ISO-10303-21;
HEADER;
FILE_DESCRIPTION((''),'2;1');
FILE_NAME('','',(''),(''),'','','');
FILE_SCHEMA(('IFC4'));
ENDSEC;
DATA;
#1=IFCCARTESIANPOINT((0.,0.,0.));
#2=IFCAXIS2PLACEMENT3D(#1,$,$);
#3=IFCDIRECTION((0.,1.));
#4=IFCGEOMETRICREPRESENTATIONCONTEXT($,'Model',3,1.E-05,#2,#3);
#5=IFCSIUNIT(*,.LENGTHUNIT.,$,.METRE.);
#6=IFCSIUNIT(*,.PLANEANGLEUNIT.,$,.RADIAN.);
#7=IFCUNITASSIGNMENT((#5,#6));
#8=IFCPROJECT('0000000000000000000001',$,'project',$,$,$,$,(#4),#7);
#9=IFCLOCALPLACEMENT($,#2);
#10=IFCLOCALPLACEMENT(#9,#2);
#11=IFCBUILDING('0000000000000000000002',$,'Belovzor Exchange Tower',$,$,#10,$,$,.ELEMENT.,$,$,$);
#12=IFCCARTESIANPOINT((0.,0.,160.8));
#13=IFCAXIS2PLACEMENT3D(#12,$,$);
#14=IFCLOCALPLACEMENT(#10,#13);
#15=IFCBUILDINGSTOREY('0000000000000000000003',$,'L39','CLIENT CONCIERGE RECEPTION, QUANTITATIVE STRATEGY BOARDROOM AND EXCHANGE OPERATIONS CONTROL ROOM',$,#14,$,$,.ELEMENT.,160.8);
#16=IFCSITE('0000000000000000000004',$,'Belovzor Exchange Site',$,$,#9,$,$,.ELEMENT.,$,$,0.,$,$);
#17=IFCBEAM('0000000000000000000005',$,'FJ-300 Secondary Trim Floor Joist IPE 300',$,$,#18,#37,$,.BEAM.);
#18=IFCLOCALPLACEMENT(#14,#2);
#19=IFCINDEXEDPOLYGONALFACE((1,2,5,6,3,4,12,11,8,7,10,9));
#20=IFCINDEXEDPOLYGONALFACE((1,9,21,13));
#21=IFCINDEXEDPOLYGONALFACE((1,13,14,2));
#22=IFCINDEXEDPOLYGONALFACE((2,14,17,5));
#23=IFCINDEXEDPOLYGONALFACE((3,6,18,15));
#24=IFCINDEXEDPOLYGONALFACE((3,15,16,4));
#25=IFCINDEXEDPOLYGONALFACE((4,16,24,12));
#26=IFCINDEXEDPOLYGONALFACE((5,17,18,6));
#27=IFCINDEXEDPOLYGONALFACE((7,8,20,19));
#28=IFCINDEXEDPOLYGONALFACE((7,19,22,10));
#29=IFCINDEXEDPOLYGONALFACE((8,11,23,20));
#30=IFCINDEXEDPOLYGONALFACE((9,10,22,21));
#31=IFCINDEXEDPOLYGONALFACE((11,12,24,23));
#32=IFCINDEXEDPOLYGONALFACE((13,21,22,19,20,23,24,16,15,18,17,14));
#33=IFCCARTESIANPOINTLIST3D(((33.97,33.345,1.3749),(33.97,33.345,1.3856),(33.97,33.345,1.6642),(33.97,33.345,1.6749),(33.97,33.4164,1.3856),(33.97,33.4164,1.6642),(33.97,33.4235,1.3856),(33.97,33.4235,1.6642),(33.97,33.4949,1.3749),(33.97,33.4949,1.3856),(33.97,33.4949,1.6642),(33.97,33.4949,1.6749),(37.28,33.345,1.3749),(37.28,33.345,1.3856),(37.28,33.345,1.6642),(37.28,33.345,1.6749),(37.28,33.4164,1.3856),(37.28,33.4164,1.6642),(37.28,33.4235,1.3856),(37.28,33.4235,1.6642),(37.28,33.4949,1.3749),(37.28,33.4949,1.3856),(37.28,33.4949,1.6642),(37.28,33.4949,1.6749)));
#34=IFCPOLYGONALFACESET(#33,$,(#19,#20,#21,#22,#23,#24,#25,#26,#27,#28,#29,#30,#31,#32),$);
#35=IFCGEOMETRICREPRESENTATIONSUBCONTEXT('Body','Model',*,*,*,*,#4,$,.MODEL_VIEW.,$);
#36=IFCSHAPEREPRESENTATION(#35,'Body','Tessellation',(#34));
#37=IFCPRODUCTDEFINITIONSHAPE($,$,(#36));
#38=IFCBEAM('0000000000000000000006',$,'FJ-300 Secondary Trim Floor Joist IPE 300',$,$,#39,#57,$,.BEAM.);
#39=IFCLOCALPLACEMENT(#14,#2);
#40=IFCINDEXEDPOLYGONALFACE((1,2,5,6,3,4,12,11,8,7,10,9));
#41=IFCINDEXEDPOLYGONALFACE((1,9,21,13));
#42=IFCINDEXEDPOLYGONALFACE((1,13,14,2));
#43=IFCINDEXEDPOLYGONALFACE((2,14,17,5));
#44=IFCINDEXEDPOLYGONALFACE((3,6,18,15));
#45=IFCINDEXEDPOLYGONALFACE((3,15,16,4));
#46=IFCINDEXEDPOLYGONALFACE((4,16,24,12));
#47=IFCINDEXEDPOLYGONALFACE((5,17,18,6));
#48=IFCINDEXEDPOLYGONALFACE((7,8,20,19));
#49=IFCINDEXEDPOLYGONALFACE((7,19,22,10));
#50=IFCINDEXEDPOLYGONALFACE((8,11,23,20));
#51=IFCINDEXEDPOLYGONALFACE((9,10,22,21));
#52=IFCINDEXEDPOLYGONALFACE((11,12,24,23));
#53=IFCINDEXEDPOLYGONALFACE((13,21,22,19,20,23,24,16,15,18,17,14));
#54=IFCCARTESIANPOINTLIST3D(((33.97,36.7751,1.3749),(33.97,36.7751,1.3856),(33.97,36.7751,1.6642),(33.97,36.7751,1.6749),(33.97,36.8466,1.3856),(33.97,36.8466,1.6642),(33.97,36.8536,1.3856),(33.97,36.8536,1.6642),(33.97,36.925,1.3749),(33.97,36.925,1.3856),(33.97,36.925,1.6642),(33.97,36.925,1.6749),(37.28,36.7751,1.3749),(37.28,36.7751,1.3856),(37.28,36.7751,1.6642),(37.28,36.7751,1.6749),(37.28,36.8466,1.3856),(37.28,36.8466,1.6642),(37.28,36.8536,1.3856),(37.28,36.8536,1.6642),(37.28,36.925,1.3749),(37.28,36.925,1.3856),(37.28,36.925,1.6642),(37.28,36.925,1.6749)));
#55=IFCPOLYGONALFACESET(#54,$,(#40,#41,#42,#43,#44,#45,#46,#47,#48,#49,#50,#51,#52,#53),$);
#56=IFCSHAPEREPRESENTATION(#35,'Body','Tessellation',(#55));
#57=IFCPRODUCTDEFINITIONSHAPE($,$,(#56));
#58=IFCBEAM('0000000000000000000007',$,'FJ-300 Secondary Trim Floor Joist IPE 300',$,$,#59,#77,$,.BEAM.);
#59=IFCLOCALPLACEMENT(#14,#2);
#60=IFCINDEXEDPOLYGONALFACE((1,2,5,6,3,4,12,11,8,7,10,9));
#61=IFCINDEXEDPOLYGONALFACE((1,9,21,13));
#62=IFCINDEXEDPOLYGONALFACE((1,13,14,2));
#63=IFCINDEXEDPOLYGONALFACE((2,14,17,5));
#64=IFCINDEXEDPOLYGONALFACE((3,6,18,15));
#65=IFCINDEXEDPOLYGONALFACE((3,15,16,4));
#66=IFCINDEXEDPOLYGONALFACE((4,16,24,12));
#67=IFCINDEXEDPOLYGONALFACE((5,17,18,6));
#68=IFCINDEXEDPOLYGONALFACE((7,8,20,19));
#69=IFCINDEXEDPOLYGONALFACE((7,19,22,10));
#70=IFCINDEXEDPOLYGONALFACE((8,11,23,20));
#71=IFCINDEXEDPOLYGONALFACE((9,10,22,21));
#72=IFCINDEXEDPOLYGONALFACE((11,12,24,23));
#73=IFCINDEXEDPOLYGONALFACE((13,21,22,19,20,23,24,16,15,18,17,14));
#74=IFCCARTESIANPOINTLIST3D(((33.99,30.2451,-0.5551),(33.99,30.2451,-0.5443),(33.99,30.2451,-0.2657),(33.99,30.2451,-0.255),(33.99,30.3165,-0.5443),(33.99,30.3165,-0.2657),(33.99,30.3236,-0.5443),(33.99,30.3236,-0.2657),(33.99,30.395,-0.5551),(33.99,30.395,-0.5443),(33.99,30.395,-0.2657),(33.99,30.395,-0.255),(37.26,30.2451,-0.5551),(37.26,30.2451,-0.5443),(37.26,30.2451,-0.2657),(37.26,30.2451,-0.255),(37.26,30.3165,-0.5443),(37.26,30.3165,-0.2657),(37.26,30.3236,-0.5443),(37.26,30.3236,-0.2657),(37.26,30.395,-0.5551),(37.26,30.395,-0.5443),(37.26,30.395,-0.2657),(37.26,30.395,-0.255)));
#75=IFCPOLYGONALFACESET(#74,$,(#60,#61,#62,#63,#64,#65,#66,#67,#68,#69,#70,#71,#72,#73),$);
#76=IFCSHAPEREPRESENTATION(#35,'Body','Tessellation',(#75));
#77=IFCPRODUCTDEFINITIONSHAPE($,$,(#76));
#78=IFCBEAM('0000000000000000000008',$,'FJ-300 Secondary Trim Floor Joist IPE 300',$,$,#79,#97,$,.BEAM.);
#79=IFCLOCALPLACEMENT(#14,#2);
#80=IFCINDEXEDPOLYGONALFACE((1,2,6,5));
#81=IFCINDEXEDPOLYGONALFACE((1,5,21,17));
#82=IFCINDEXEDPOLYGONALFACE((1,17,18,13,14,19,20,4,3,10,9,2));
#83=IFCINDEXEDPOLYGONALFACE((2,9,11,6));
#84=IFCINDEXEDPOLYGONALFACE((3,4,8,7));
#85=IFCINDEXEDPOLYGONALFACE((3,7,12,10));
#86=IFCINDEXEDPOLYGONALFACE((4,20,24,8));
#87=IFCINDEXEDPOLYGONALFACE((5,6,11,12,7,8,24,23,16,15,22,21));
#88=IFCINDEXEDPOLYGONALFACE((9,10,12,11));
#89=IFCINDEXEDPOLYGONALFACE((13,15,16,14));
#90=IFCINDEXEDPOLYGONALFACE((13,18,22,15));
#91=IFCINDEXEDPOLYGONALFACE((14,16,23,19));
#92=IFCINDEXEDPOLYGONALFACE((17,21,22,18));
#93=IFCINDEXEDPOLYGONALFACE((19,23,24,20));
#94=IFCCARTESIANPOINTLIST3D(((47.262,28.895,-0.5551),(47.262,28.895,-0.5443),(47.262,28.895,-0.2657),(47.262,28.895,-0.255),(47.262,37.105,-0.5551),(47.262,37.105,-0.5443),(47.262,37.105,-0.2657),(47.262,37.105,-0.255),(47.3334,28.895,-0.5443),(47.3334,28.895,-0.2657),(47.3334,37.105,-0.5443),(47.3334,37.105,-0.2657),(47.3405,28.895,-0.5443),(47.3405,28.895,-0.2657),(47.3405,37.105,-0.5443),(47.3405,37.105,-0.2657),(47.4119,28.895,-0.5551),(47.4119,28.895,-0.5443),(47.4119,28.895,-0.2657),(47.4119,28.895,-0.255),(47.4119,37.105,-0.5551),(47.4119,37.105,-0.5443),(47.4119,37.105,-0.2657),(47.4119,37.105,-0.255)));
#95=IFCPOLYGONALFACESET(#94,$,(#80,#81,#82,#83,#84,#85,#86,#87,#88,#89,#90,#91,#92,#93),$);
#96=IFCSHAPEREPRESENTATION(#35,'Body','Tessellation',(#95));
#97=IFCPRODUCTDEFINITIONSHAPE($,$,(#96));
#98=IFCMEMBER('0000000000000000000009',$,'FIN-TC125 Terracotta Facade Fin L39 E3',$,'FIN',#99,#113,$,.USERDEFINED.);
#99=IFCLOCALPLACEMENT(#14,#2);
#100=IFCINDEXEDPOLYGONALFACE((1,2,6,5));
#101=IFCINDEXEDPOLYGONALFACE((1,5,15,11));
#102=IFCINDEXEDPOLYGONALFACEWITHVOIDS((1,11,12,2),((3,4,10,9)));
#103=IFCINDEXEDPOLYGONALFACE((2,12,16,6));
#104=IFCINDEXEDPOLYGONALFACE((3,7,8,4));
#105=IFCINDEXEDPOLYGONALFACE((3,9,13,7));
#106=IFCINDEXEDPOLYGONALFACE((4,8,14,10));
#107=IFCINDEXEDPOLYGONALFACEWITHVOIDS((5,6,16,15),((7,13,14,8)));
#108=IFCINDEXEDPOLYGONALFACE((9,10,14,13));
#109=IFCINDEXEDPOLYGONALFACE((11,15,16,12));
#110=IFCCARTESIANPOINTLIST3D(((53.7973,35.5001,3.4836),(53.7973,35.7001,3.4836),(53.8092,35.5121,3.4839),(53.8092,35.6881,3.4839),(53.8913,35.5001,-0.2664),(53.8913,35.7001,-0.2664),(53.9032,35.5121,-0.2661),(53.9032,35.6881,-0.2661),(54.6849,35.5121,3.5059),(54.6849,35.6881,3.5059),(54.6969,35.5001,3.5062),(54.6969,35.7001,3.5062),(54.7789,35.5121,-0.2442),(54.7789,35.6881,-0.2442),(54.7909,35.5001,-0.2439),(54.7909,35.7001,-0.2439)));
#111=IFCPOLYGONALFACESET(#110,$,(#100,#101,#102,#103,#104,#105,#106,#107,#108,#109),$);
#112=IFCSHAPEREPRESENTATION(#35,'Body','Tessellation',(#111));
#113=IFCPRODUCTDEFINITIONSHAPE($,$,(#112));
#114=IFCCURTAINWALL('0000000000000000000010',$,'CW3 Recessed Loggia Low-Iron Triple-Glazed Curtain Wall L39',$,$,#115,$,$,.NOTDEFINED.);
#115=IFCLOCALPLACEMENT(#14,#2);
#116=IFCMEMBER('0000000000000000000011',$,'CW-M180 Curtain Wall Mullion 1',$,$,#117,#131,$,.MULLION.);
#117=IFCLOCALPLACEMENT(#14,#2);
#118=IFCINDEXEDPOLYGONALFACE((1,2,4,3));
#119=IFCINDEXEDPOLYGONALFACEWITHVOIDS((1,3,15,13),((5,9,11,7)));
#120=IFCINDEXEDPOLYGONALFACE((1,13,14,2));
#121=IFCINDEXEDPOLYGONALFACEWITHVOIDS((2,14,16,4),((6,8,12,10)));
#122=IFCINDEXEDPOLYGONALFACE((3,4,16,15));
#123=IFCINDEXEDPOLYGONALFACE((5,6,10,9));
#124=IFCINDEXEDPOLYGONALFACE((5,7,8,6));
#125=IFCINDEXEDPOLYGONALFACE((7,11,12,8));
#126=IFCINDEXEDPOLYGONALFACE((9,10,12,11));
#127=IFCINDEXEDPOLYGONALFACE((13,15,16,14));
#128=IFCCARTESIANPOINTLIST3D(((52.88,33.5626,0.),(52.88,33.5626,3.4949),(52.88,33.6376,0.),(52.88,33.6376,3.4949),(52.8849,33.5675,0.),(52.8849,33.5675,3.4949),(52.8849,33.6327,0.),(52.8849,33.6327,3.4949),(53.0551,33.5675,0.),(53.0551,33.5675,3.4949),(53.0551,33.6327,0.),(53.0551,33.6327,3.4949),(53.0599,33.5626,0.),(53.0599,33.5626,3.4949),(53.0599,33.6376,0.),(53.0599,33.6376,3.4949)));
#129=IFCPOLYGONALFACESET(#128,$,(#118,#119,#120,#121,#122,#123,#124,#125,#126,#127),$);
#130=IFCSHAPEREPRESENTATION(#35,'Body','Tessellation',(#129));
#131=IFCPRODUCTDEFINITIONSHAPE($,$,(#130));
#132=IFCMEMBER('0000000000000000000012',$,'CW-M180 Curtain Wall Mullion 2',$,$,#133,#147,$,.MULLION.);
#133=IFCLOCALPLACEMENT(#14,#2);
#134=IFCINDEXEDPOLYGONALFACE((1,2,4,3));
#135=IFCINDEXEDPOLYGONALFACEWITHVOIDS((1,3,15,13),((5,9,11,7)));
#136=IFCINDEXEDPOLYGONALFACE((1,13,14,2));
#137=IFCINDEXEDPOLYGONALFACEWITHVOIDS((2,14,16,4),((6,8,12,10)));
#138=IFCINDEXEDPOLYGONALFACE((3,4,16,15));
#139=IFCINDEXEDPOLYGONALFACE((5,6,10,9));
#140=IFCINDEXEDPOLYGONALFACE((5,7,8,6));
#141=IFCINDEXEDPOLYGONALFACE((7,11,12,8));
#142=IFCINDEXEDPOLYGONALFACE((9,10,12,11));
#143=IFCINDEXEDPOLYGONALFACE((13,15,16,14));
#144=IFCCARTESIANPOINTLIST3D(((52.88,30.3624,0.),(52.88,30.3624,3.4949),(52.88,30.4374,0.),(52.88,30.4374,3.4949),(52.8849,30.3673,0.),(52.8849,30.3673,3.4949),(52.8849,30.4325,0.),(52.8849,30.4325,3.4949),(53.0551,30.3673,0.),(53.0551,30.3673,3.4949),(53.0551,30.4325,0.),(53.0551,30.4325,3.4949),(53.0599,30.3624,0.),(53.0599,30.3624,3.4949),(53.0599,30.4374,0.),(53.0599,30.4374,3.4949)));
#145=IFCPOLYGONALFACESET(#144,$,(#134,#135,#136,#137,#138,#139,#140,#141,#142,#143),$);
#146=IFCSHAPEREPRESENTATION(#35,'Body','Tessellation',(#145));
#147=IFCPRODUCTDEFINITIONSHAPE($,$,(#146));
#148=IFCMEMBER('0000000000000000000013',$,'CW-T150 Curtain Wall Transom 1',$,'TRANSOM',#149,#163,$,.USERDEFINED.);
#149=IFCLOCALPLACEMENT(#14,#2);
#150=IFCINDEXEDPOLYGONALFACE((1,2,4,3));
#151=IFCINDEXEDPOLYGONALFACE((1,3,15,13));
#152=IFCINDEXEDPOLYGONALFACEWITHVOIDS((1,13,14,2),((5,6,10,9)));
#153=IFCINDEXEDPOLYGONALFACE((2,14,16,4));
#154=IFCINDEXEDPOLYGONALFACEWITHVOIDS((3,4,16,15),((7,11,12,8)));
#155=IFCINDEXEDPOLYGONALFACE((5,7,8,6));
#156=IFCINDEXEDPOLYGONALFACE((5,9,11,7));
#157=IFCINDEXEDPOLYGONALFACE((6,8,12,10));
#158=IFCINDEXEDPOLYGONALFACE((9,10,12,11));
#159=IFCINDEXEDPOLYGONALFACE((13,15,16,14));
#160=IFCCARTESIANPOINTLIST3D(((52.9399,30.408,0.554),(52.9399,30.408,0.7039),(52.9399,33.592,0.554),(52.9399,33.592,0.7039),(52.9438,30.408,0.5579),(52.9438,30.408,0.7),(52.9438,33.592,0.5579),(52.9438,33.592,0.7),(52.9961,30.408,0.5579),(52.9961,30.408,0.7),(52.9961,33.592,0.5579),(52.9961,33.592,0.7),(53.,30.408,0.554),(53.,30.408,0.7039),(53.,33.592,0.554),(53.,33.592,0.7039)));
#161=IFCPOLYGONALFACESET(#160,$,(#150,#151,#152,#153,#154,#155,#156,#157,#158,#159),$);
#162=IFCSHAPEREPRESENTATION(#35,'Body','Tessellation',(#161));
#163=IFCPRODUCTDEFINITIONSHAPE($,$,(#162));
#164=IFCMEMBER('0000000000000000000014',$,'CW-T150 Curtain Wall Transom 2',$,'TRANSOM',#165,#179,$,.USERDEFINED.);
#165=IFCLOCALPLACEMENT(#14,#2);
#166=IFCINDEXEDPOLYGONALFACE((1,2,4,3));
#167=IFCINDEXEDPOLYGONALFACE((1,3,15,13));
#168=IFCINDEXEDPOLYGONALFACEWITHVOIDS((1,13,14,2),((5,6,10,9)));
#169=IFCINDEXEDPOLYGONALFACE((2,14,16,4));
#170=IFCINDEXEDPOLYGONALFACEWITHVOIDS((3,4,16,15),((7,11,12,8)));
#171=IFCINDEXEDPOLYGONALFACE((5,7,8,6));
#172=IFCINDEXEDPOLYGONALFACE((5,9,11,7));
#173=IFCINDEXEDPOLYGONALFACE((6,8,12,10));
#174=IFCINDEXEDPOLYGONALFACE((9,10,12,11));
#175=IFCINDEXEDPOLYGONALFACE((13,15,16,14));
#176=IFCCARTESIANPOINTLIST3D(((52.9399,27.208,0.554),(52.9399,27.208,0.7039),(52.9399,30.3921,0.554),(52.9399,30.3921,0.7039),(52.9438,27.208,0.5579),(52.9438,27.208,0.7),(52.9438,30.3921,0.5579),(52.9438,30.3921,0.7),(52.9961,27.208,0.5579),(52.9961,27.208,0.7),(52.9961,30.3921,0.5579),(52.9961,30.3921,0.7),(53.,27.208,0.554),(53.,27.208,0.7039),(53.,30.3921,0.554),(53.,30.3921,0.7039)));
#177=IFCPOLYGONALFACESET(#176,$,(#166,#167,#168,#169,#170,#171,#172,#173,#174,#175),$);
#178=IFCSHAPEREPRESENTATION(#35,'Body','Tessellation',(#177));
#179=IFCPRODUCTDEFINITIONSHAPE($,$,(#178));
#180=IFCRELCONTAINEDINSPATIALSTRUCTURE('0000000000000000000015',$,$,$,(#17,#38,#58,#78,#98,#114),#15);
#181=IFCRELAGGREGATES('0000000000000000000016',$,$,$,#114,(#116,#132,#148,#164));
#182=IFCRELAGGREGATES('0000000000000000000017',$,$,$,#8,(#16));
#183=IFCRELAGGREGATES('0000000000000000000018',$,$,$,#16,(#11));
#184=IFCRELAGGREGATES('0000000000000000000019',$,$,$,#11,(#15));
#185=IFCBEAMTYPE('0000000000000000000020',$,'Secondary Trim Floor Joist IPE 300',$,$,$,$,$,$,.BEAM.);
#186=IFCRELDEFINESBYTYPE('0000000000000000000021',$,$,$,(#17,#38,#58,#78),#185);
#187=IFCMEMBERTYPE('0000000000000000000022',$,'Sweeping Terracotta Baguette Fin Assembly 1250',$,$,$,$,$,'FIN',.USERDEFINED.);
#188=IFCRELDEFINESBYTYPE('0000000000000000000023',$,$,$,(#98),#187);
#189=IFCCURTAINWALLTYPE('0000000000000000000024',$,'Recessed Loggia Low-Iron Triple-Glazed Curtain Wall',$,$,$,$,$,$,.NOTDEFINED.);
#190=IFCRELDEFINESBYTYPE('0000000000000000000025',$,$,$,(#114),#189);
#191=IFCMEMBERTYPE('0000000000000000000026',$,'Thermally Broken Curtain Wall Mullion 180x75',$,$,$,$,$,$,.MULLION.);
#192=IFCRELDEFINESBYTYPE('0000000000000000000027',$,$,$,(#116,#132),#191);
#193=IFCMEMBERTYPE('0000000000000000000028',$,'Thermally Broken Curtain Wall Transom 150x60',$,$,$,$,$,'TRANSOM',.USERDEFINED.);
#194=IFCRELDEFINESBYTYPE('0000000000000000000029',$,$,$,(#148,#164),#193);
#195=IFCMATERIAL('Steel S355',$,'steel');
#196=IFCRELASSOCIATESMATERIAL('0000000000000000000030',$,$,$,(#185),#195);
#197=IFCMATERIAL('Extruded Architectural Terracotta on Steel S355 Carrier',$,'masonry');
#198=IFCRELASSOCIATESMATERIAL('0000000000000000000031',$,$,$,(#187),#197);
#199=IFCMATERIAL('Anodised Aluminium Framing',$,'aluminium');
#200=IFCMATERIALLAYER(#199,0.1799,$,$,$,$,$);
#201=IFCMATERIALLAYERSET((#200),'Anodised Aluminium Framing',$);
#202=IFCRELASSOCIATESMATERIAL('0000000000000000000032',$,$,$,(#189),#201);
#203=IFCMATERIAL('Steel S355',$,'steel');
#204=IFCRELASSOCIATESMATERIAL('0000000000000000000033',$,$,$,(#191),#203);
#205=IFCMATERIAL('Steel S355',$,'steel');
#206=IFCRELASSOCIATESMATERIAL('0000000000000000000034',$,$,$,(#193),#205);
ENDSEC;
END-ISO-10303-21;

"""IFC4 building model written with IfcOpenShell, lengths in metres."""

from ifc_helpers import new_model, si_unit, direction, frame, origin, origin_2d, place, context, subcontext, project, spatial, hollow_rectangle, i_section, extrude, material, layer, layer_set, material_profile, profile_set, type_object, element, aggregate, save


model = new_model("IFC4")

# Units and contexts
model_context = context("Model", 3, precision=1e-05, world=origin(), true_north=direction((0.0, 1.0)))
body_context = subcontext(model_context, "Body", "Model", "MODEL_VIEW")
ifc_project = project(units=[si_unit("LENGTHUNIT", "METRE"), si_unit("PLANEANGLEUNIT", "RADIAN")], contexts=[model_context])

# Site, building, storey
site_placement = place(None, origin())
site = spatial("IfcSite", under=ifc_project, at=site_placement, Name="Belovzor Exchange Site", CompositionType="ELEMENT", RefElevation=0.0)
building_placement = place(site_placement, origin())
building = spatial("IfcBuilding", under=site, at=building_placement, Name="Belovzor Exchange Tower", CompositionType="ELEMENT")
storey_placement = place(building_placement, frame((0.0, 0.0, 160.8)))
storey = spatial("IfcBuildingStorey", under=building, at=storey_placement, Name="L39", Description="CLIENT CONCIERGE RECEPTION, QUANTITATIVE STRATEGY BOARDROOM AND EXCHANGE OPERATIONS CONTROL ROOM", CompositionType="ELEMENT", Elevation=160.8)

# Beams
ifc_material_1 = material(Name="Steel S355", Category="steel")
ifc_material_profile_1 = material_profile(ifc_material_1, i_section(OverallWidth=0.1499, OverallDepth=0.3, WebThickness=0.0071, FlangeThickness=0.0107, at=origin_2d()))
ifc_profile_set_1 = profile_set([ifc_material_profile_1], Name="Steel S355")
beam_type_1 = type_object("IfcBeamType", Name="Secondary Trim Floor Joist IPE 300", PredefinedType="BEAM", material=ifc_profile_set_1)
for number, where, z_axis, x_axis, name in (
    (1, (37.28, 33.4199, 1.5249), (-1.0, 0.0, 0.0), (0.0, -1.0, 0.0), "FJ-300 Secondary Trim Floor Joist IPE 300"),
    (2, (37.28, 36.8501, 1.5249), (-1.0, 0.0, 0.0), (0.0, -1.0, 0.0), "FJ-300 Secondary Trim Floor Joist IPE 300"),
):
    element("IfcBeam", number, at=place(storey_placement, frame(where, z_axis=z_axis, x_axis=x_axis)), inside=storey, type_object=beam_type_1, Name=name, PredefinedType="BEAM", context=body_context, shape_type="SweptSolid", body=[
        extrude(i_section(OverallWidth=0.1499, OverallDepth=0.3, WebThickness=0.0071, FlangeThickness=0.0107, at=origin_2d()), origin(), (0.0, 0.0, 1.0), 3.3101),
    ])
beam_1_placement = place(storey_placement, frame((37.26, 30.3201, -0.405), z_axis=(-1.0, 0.0, 0.0), x_axis=(0.0, -1.0, 0.0)))
element("IfcBeam", 3, at=beam_1_placement, inside=storey, type_object=beam_type_1, Name="FJ-300 Secondary Trim Floor Joist IPE 300", PredefinedType="BEAM", context=body_context, shape_type="SweptSolid", body=[
    extrude(i_section(OverallWidth=0.1499, OverallDepth=0.3, WebThickness=0.0071, FlangeThickness=0.0107, at=origin_2d()), origin(), (0.0, 0.0, 1.0), 3.27),
])
beam_2_placement = place(storey_placement, frame((47.3369, 28.895, -0.405), z_axis=(0.0, 1.0, 0.0), x_axis=(-1.0, 0.0, 0.0)))
element("IfcBeam", 4, at=beam_2_placement, inside=storey, type_object=beam_type_1, Name="FJ-300 Secondary Trim Floor Joist IPE 300", PredefinedType="BEAM", context=body_context, shape_type="SweptSolid", body=[
    extrude(i_section(OverallWidth=0.1499, OverallDepth=0.3, WebThickness=0.0071, FlangeThickness=0.0107, at=origin_2d()), origin(), (0.0, 0.0, 1.0), 8.21),
])

# Member
ifc_material_2 = material(Name="Extruded Architectural Terracotta on Steel S355 Carrier", Category="masonry")
ifc_material_profile_2 = material_profile(ifc_material_2, hollow_rectangle(XDim=0.2, YDim=0.8999, WallThickness=0.012, at=origin_2d()))
ifc_profile_set_2 = profile_set([ifc_material_profile_2], Name="Extruded Architectural Terracotta on Steel S355 Carrier")
member_type_1 = type_object("IfcMemberType", Name="Sweeping Terracotta Baguette Fin Assembly 1250", ElementType="FIN", PredefinedType="USERDEFINED", material=ifc_profile_set_2)
member_1_placement = place(storey_placement, frame((54.3411, 35.6001, -0.2551), z_axis=(-0.025057, 0.0, 0.999686), x_axis=(0.0, -1.0, 0.0)))
element("IfcMember", 5, at=member_1_placement, inside=storey, type_object=member_type_1, Name="FIN-TC125 Terracotta Facade Fin L39 E3", ObjectType="FIN", PredefinedType="USERDEFINED", context=body_context, shape_type="SweptSolid", body=[
    extrude(hollow_rectangle(XDim=0.2, YDim=0.8999, WallThickness=0.012, at=origin_2d()), origin(), (0.0, 0.0, 1.0), 3.7512),
])

# Curtain wall, members
ifc_material_3 = material(Name="Anodised Aluminium Framing", Category="aluminium")
ifc_layer_1 = layer(ifc_material_3, 0.1799)
ifc_layer_set_1 = layer_set([ifc_layer_1], Name="Anodised Aluminium Framing")
curtain_wall_type = type_object("IfcCurtainWallType", Name="Recessed Loggia Low-Iron Triple-Glazed Curtain Wall", PredefinedType="NOTDEFINED", material=ifc_layer_set_1)
curtain_wall_placement = place(storey_placement, origin())
curtain_wall = element("IfcCurtainWall", 6, at=curtain_wall_placement, inside=storey, type_object=curtain_wall_type, Name="CW3 Recessed Loggia Low-Iron Triple-Glazed Curtain Wall L39", PredefinedType="NOTDEFINED")
ifc_material_4 = material(Name="Steel S355", Category="steel")
ifc_material_profile_3 = material_profile(ifc_material_4, hollow_rectangle(XDim=0.075, YDim=0.1799, WallThickness=0.0049, at=origin_2d()))
ifc_profile_set_3 = profile_set([ifc_material_profile_3], Name="Steel S355")
member_type_2 = type_object("IfcMemberType", Name="Thermally Broken Curtain Wall Mullion 180x75", PredefinedType="MULLION", material=ifc_profile_set_3)
member_2_placement = place(storey_placement, frame((52.97, 33.6001, 0.0), z_axis=(0.0, 0.0, 1.0), x_axis=(0.0, -1.0, 0.0)))
member_2 = element("IfcMember", 7, at=member_2_placement, type_object=member_type_2, Name="CW-M180 Curtain Wall Mullion 1", PredefinedType="MULLION", context=body_context, shape_type="SweptSolid", body=[
    extrude(hollow_rectangle(XDim=0.075, YDim=0.1799, WallThickness=0.0049, at=origin_2d()), origin(), (0.0, 0.0, 1.0), 3.4949),
])
member_3_placement = place(storey_placement, frame((52.97, 30.3999, 0.0), z_axis=(0.0, 0.0, 1.0), x_axis=(0.0, -1.0, 0.0)))
member_3 = element("IfcMember", 8, at=member_3_placement, type_object=member_type_2, Name="CW-M180 Curtain Wall Mullion 2", PredefinedType="MULLION", context=body_context, shape_type="SweptSolid", body=[
    extrude(hollow_rectangle(XDim=0.075, YDim=0.1799, WallThickness=0.0049, at=origin_2d()), origin(), (0.0, 0.0, 1.0), 3.4949),
])
ifc_material_5 = material(Name="Steel S355", Category="steel")
ifc_material_profile_4 = material_profile(ifc_material_5, hollow_rectangle(XDim=0.0601, YDim=0.1499, WallThickness=0.0039, at=origin_2d()))
ifc_profile_set_4 = profile_set([ifc_material_profile_4], Name="Steel S355")
member_type_3 = type_object("IfcMemberType", Name="Thermally Broken Curtain Wall Transom 150x60", ElementType="TRANSOM", PredefinedType="USERDEFINED", material=ifc_profile_set_4)
member_4_placement = place(storey_placement, frame((52.97, 33.592, 0.6289), z_axis=(0.0, -1.0, 0.0), x_axis=(1.0, 0.0, 0.0)))
member_4 = element("IfcMember", 9, at=member_4_placement, type_object=member_type_3, Name="CW-T150 Curtain Wall Transom 1", ObjectType="TRANSOM", PredefinedType="USERDEFINED", context=body_context, shape_type="SweptSolid", body=[
    extrude(hollow_rectangle(XDim=0.0601, YDim=0.1499, WallThickness=0.0039, at=origin_2d()), origin(), (0.0, 0.0, 1.0), 3.1841),
])
member_5_placement = place(storey_placement, frame((52.97, 30.3921, 0.6289), z_axis=(0.0, -1.0, 0.0), x_axis=(1.0, 0.0, 0.0)))
member_5 = element("IfcMember", 10, at=member_5_placement, type_object=member_type_3, Name="CW-T150 Curtain Wall Transom 2", ObjectType="TRANSOM", PredefinedType="USERDEFINED", context=body_context, shape_type="SweptSolid", body=[
    extrude(hollow_rectangle(XDim=0.0601, YDim=0.1499, WallThickness=0.0039, at=origin_2d()), origin(), (0.0, 0.0, 1.0), 3.1841),
])

aggregate(curtain_wall, [member_2, member_3, member_4, member_5])

save(model, "model.ifc")
